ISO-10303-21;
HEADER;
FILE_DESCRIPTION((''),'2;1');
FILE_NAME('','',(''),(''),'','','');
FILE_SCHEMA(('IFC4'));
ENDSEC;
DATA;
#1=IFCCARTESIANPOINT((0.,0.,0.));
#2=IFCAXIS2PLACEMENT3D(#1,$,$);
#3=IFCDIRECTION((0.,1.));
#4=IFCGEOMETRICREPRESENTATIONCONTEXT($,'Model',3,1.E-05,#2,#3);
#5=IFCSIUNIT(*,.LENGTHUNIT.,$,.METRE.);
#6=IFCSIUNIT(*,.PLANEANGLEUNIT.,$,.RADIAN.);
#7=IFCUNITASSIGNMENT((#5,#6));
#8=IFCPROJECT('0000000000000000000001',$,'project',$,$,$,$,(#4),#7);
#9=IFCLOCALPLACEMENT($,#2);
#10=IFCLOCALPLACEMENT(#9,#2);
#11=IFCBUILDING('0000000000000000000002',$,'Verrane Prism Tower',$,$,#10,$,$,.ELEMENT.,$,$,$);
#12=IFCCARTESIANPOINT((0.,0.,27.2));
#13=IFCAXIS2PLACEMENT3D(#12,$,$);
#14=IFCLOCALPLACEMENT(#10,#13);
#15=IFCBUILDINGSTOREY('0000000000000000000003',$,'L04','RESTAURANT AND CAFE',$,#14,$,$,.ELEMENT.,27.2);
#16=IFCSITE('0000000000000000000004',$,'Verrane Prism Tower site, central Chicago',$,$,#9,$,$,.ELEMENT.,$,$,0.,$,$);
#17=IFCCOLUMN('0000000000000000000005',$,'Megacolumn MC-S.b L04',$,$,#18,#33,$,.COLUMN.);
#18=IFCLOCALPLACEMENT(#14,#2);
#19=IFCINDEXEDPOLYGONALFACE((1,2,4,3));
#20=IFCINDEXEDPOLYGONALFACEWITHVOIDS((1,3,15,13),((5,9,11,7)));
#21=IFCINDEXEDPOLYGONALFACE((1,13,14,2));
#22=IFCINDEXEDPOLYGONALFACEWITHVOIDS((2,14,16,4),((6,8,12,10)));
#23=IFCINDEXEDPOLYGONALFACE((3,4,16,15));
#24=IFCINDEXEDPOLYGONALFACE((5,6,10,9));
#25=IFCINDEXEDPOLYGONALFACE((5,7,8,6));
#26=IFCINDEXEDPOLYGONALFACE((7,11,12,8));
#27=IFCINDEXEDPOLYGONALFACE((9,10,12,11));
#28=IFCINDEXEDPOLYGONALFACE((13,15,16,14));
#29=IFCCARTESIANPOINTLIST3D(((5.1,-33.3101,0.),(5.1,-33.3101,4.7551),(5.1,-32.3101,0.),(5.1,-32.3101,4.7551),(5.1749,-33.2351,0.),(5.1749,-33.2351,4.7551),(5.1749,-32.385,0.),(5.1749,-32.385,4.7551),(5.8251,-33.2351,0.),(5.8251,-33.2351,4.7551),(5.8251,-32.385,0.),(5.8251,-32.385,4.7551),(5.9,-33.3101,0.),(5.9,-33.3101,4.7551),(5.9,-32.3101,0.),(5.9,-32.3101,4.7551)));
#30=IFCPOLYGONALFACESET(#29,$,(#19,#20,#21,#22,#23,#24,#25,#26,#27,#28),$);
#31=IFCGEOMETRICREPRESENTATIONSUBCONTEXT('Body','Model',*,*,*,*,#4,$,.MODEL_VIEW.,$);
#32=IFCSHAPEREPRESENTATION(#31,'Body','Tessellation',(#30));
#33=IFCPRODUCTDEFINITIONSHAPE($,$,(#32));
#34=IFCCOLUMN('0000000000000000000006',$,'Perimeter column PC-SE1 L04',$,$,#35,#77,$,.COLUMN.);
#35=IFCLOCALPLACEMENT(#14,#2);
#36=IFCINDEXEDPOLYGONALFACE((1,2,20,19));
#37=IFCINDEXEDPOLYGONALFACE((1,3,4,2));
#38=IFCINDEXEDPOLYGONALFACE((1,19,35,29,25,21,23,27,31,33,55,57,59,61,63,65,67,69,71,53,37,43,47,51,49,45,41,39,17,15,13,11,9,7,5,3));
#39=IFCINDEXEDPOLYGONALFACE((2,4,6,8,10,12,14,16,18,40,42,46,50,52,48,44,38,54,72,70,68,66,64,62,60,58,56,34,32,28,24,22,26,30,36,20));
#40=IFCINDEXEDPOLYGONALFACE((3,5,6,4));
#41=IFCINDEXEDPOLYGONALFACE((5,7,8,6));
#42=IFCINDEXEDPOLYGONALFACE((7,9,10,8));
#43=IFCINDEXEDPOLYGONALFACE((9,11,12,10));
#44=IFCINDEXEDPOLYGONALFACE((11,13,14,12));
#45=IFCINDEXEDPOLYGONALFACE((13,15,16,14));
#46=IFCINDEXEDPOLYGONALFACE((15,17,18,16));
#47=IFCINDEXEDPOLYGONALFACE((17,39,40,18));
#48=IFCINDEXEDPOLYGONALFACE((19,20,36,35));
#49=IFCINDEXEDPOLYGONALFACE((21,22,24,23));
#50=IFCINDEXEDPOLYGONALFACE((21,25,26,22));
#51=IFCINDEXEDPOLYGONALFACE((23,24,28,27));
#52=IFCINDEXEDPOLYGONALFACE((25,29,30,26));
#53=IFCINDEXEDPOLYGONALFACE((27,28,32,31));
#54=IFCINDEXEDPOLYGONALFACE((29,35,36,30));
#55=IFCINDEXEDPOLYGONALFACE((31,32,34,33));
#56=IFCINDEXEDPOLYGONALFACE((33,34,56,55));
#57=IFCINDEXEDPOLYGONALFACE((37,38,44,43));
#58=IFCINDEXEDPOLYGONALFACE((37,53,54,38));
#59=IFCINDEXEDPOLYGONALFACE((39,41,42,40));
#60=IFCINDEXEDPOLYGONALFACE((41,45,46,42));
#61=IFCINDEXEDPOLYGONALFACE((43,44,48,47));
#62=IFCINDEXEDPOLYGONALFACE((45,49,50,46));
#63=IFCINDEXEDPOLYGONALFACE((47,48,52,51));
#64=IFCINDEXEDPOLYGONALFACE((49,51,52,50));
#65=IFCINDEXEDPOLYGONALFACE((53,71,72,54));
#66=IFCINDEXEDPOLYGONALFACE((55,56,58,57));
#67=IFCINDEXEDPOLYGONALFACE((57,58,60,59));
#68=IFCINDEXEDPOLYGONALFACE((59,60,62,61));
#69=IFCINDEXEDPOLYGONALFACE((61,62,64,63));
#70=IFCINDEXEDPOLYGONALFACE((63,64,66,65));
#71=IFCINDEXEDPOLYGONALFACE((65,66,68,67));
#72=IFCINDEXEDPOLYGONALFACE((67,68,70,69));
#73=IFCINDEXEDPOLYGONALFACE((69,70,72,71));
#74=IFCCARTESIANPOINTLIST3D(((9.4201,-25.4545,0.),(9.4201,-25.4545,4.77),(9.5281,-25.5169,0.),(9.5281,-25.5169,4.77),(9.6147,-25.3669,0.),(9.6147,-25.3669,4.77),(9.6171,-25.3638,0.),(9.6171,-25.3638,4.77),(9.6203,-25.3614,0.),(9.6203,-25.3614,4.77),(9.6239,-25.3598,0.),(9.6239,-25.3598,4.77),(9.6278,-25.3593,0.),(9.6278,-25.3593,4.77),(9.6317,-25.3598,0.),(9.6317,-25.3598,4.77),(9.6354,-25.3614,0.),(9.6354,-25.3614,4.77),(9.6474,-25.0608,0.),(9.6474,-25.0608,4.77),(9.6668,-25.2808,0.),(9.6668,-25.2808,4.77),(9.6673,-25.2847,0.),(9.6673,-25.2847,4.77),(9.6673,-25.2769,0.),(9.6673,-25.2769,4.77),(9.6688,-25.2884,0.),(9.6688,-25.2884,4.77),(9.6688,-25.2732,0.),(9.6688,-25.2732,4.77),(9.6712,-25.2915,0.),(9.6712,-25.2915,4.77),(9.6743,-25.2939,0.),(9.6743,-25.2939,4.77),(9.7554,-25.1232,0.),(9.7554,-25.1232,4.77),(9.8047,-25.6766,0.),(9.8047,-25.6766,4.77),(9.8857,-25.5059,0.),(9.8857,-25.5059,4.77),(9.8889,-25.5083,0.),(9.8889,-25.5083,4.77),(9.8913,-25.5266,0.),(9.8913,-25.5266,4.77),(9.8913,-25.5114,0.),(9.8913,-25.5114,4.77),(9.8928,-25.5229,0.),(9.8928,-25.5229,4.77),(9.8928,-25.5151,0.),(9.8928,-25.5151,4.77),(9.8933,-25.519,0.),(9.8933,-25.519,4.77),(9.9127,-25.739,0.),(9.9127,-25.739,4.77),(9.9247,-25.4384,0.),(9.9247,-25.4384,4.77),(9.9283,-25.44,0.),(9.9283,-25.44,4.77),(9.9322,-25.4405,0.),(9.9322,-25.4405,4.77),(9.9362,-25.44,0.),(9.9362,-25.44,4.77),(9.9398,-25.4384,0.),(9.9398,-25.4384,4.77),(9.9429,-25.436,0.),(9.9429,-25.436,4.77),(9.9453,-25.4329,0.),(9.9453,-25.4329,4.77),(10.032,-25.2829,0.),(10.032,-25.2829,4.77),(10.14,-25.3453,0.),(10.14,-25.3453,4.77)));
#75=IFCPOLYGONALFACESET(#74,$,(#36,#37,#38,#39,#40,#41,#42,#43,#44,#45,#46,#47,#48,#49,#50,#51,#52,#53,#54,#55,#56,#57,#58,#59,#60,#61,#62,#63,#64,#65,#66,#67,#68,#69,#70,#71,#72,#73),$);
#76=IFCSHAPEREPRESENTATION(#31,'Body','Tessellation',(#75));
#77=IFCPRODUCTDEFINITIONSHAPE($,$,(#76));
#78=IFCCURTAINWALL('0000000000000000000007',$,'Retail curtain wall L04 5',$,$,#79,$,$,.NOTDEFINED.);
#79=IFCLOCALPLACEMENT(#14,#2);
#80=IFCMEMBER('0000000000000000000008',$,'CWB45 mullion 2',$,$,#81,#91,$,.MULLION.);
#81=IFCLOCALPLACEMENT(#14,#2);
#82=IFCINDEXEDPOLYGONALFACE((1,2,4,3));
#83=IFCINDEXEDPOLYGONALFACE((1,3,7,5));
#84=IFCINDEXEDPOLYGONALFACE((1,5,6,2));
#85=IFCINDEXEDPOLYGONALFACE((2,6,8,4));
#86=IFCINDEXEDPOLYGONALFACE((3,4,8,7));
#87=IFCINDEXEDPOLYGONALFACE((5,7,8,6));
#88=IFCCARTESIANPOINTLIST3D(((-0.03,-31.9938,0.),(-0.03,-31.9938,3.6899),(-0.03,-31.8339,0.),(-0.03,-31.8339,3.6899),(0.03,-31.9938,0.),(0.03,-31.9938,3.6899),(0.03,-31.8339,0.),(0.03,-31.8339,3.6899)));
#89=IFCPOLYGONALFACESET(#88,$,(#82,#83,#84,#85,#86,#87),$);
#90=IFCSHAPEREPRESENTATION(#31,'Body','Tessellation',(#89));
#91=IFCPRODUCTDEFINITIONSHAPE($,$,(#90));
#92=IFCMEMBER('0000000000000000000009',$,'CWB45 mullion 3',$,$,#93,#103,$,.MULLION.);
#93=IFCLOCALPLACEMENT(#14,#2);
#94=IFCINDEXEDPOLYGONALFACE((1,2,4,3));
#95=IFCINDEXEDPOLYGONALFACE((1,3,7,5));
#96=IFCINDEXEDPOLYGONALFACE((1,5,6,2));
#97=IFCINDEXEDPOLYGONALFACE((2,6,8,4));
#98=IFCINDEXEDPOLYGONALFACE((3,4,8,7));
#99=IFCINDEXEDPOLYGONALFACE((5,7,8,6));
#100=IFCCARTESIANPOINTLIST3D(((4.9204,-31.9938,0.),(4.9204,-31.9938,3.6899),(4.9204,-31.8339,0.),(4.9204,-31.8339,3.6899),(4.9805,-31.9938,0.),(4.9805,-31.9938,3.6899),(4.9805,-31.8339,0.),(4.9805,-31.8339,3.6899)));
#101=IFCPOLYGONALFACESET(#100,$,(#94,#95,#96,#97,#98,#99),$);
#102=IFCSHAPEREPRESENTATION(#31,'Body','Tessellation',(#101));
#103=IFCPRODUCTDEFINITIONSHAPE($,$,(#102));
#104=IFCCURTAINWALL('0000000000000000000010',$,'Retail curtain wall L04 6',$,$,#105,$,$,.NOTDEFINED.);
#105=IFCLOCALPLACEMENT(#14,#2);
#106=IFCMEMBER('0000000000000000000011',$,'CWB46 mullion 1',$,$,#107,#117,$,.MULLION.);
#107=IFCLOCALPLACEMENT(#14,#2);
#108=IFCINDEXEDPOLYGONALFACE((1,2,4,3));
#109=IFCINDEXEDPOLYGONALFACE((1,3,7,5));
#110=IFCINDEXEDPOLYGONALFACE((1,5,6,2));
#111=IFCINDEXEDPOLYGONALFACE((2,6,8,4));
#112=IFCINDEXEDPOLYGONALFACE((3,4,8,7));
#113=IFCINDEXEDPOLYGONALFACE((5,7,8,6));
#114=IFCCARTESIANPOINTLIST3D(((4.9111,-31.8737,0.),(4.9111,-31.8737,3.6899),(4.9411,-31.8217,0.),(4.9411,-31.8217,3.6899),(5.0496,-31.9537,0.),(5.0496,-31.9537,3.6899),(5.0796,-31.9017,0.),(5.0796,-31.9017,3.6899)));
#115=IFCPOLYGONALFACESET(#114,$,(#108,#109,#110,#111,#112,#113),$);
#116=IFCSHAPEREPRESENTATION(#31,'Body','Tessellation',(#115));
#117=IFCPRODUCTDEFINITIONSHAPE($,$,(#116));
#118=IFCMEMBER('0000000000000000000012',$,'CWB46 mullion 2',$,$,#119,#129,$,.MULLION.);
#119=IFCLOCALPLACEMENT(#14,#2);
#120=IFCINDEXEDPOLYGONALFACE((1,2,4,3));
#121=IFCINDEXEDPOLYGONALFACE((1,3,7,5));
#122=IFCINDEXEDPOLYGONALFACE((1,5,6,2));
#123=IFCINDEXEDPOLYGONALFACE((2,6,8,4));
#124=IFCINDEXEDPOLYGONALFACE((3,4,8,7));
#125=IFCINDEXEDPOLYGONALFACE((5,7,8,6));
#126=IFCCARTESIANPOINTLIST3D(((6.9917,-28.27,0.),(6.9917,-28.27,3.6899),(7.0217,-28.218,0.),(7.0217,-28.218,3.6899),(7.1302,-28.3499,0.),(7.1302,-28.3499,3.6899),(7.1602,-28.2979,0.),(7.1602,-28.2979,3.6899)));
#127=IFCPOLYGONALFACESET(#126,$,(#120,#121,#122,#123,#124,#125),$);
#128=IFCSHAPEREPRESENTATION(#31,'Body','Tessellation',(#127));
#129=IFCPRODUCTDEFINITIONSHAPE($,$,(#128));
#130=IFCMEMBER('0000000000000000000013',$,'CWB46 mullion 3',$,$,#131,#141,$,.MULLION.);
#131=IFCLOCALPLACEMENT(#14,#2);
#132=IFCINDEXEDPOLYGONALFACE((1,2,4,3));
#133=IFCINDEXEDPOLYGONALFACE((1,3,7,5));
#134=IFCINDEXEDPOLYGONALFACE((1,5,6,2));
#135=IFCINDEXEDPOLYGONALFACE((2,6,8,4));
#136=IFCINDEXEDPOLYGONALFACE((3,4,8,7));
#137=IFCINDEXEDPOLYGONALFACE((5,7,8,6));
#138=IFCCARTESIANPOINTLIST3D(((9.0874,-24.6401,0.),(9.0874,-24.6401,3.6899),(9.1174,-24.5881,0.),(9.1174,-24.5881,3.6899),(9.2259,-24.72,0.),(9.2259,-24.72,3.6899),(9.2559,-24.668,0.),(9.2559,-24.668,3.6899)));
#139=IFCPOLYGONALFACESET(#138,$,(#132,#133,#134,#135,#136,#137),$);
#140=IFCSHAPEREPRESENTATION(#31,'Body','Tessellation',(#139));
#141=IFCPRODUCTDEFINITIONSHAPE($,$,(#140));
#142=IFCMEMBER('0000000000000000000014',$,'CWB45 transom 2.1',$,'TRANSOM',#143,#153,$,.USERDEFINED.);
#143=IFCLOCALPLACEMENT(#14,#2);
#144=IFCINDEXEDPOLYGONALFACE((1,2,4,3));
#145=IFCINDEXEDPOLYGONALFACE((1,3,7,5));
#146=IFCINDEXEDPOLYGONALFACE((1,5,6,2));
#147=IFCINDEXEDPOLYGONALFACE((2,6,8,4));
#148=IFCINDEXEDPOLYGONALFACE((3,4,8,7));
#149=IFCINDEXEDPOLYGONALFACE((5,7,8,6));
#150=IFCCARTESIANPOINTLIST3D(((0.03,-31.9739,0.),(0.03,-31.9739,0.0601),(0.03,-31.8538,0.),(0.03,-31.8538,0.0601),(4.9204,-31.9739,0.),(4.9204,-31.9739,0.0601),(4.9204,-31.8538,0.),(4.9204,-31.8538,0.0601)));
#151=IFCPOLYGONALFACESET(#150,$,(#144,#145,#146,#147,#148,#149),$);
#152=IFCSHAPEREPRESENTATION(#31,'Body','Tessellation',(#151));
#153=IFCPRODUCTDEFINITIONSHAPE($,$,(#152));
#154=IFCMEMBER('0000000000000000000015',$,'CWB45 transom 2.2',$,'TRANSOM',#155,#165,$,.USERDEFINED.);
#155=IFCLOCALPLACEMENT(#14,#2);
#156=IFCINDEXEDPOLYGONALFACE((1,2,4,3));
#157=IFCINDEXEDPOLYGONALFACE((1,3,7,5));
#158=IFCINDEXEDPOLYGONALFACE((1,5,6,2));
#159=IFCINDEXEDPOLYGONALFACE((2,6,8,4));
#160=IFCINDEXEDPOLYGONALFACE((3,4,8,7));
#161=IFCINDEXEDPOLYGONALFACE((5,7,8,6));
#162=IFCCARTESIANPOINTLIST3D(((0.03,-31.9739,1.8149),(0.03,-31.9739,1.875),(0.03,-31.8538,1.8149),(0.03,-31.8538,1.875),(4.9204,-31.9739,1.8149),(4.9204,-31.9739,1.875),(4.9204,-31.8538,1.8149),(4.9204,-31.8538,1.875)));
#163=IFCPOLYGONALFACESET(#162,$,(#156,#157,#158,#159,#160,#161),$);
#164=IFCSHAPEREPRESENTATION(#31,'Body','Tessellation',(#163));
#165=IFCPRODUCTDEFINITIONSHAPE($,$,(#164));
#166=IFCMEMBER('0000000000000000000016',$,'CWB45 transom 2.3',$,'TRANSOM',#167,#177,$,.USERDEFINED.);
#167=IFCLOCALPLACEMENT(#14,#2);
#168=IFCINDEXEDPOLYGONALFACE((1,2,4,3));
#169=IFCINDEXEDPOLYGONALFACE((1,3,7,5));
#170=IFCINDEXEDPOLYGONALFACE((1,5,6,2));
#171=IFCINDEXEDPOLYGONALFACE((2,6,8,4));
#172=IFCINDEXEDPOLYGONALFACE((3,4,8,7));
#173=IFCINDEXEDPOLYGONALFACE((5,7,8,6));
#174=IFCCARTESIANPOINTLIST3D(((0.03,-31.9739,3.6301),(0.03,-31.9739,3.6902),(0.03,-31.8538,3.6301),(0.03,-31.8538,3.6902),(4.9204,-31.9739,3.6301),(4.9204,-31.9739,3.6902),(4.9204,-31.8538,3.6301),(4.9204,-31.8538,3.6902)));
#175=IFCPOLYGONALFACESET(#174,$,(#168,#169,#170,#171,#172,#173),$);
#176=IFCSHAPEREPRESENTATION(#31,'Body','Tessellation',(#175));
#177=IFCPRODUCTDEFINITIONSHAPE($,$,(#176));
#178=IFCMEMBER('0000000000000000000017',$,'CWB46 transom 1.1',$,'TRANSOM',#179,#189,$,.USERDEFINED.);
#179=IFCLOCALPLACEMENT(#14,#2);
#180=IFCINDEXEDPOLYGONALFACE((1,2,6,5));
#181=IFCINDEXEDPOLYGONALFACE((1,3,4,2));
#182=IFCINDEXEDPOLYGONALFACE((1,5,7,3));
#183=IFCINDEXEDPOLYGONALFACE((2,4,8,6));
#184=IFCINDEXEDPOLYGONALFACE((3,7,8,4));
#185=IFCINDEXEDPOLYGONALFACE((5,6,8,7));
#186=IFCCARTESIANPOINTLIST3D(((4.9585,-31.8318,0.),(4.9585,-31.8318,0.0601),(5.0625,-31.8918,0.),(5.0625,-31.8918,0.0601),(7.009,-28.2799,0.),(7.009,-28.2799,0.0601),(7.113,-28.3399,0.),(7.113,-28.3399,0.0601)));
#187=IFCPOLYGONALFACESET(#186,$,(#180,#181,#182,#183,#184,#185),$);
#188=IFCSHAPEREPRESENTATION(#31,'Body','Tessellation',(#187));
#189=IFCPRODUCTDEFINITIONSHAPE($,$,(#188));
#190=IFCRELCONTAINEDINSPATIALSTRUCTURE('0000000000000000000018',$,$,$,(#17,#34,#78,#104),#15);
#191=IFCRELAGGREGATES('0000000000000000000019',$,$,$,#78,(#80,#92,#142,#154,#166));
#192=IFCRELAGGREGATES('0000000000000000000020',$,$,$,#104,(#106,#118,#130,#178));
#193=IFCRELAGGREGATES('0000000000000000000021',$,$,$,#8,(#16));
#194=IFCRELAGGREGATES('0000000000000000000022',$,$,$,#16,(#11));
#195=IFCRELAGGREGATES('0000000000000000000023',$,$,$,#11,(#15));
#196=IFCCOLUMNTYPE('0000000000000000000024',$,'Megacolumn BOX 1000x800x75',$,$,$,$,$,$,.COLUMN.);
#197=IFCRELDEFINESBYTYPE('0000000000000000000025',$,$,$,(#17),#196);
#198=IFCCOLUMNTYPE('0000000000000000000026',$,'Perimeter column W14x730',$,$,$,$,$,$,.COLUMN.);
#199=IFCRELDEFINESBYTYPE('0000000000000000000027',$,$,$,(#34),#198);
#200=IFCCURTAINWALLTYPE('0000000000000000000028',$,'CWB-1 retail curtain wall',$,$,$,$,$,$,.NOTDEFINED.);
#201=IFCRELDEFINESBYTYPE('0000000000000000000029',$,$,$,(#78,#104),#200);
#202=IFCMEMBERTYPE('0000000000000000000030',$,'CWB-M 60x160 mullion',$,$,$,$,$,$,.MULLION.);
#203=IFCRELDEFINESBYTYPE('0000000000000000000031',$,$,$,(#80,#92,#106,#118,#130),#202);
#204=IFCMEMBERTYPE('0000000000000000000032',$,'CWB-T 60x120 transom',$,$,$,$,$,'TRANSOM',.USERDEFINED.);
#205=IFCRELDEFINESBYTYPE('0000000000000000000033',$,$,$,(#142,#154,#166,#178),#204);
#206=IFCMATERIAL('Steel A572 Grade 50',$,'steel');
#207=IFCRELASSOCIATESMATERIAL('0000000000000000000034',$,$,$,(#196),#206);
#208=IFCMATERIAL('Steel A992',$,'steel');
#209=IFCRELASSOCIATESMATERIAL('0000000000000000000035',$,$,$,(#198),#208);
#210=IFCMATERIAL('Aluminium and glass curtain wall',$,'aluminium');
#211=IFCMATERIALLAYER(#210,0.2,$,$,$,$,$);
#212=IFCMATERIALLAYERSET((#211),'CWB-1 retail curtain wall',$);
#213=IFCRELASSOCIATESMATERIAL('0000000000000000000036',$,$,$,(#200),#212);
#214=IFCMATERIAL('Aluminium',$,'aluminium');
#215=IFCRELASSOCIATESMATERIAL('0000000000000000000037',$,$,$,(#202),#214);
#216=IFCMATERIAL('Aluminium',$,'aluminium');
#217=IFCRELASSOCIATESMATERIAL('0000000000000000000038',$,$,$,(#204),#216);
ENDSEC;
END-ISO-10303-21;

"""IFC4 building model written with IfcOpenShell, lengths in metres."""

from ifc_helpers import new_model, si_unit, direction, frame, origin, origin_2d, place, context, subcontext, project, spatial, rectangle, hollow_rectangle, i_section, extrude, material, layer, layer_set, material_profile, profile_set, type_object, element, aggregate, save


model = new_model("IFC4")

# Units and contexts
model_context = context("Model", 3, precision=1e-05, world=origin(), true_north=direction((0.0, 1.0)))
body_context = subcontext(model_context, "Body", "Model", "MODEL_VIEW")
ifc_project = project(units=[si_unit("LENGTHUNIT", "METRE"), si_unit("PLANEANGLEUNIT", "RADIAN")], contexts=[model_context])

# Site, building, storey
site_placement = place(None, origin())
site = spatial("IfcSite", under=ifc_project, at=site_placement, Name="Verrane Prism Tower site, central Chicago", CompositionType="ELEMENT", RefElevation=0.0)
building_placement = place(site_placement, origin())
building = spatial("IfcBuilding", under=site, at=building_placement, Name="Verrane Prism Tower", CompositionType="ELEMENT")
storey_placement = place(building_placement, frame((0.0, 0.0, 27.2)))
storey = spatial("IfcBuildingStorey", under=building, at=storey_placement, Name="L04", Description="RESTAURANT AND CAFE", CompositionType="ELEMENT", Elevation=27.2)

# Columns
ifc_material_1 = material(Name="Steel A572 Grade 50", Category="steel")
ifc_material_profile_1 = material_profile(ifc_material_1, hollow_rectangle(XDim=0.8, YDim=1.0, WallThickness=0.075, at=origin_2d()), Name="BOX 1000x800x75")
ifc_profile_set_1 = profile_set([ifc_material_profile_1], Name="Steel A572 Grade 50")
column_type_1 = type_object("IfcColumnType", Name="Megacolumn BOX 1000x800x75", PredefinedType="COLUMN", material=ifc_profile_set_1)
column_1_placement = place(storey_placement, frame((5.5, -32.8101, 0.0), z_axis=(0.0, 0.0, 1.0), x_axis=(-1.0, 0.0, 0.0)))
element("IfcColumn", 1, at=column_1_placement, inside=storey, type_object=column_type_1, Name="Megacolumn MC-S.b L04", PredefinedType="COLUMN", context=body_context, shape_type="SweptSolid", body=[
    extrude(hollow_rectangle(XDim=0.8, YDim=1.0, WallThickness=0.075, at=origin_2d()), origin(), (0.0, 0.0, 1.0), 4.7551),
])
ifc_material_2 = material(Name="Steel A992", Category="steel")
ifc_material_profile_2 = material_profile(ifc_material_2, i_section(OverallWidth=0.4546, OverallDepth=0.5688, WebThickness=0.0779, FlangeThickness=0.1248, FilletRadius=0.0151, at=origin_2d()), Name="W14x730")
ifc_profile_set_2 = profile_set([ifc_material_profile_2], Name="Steel A992")
column_type_2 = type_object("IfcColumnType", Name="Perimeter column W14x730", PredefinedType="COLUMN", material=ifc_profile_set_2)
column_2_placement = place(storey_placement, frame((9.78, -25.3999, 0.0), z_axis=(0.0, 0.0, 1.0), x_axis=(-0.5, -0.866025, 0.0)))
element("IfcColumn", 2, at=column_2_placement, inside=storey, type_object=column_type_2, Name="Perimeter column PC-SE1 L04", PredefinedType="COLUMN", context=body_context, shape_type="SweptSolid", body=[
    extrude(i_section(OverallWidth=0.4546, OverallDepth=0.5688, WebThickness=0.0779, FlangeThickness=0.1248, FilletRadius=0.0151, at=origin_2d()), origin(), (0.0, 0.0, 1.0), 4.77),
])

# Curtain walls, members
ifc_material_3 = material(Name="Aluminium and glass curtain wall", Category="aluminium")
ifc_layer_1 = layer(ifc_material_3, 0.2)
ifc_layer_set_1 = layer_set([ifc_layer_1], Name="CWB-1 retail curtain wall")
curtain_wall_type = type_object("IfcCurtainWallType", Name="CWB-1 retail curtain wall", PredefinedType="NOTDEFINED", material=ifc_layer_set_1)
curtain_wall_1_placement = place(storey_placement, origin())
curtain_wall_1 = element("IfcCurtainWall", 3, at=curtain_wall_1_placement, inside=storey, type_object=curtain_wall_type, Name="Retail curtain wall L04 5", PredefinedType="NOTDEFINED")
ifc_material_4 = material(Name="Aluminium", Category="aluminium")
ifc_material_profile_3 = material_profile(ifc_material_4, rectangle(XDim=0.1599, YDim=0.0601, at=origin_2d()), Name="CWB-M 60x160 mullion")
ifc_profile_set_3 = profile_set([ifc_material_profile_3], Name="Aluminium")
member_type_1 = type_object("IfcMemberType", Name="CWB-M 60x160 mullion", PredefinedType="MULLION", material=ifc_profile_set_3)
member_1_placement = place(storey_placement, frame((0.0, -31.9138, 0.0), z_axis=(0.0, 0.0, 1.0), x_axis=(0.0, 1.0, 0.0)))
member_1 = element("IfcMember", 4, at=member_1_placement, type_object=member_type_1, Name="CWB45 mullion 2", PredefinedType="MULLION", context=body_context, shape_type="SweptSolid", body=[
    extrude(rectangle(XDim=0.1599, YDim=0.0601, at=origin_2d()), origin(), (0.0, 0.0, 1.0), 3.6899),
])
member_2_placement = place(storey_placement, frame((4.9504, -31.9138, 0.0), z_axis=(0.0, 0.0, 1.0), x_axis=(0.0, 1.0, 0.0)))
member_2 = element("IfcMember", 5, at=member_2_placement, type_object=member_type_1, Name="CWB45 mullion 3", PredefinedType="MULLION", context=body_context, shape_type="SweptSolid", body=[
    extrude(rectangle(XDim=0.1599, YDim=0.0601, at=origin_2d()), origin(), (0.0, 0.0, 1.0), 3.6899),
])
curtain_wall_2_placement = place(storey_placement, origin())
curtain_wall_2 = element("IfcCurtainWall", 6, at=curtain_wall_2_placement, inside=storey, type_object=curtain_wall_type, Name="Retail curtain wall L04 6", PredefinedType="NOTDEFINED")
member_3_placement = place(storey_placement, frame((4.9954, -31.8877, 0.0), z_axis=(0.0, 0.0, 1.0), x_axis=(-0.866025, 0.5, 0.0)))
member_3 = element("IfcMember", 7, at=member_3_placement, type_object=member_type_1, Name="CWB46 mullion 1", PredefinedType="MULLION", context=body_context, shape_type="SweptSolid", body=[
    extrude(rectangle(XDim=0.1599, YDim=0.0601, at=origin_2d()), origin(), (0.0, 0.0, 1.0), 3.6899),
])
member_4_placement = place(storey_placement, frame((7.0759, -28.2839, 0.0), z_axis=(0.0, 0.0, 1.0), x_axis=(-0.866025, 0.5, 0.0)))
member_4 = element("IfcMember", 8, at=member_4_placement, type_object=member_type_1, Name="CWB46 mullion 2", PredefinedType="MULLION", context=body_context, shape_type="SweptSolid", body=[
    extrude(rectangle(XDim=0.1599, YDim=0.0601, at=origin_2d()), origin(), (0.0, 0.0, 1.0), 3.6899),
])
member_5_placement = place(storey_placement, frame((9.1716, -24.6541, 0.0), z_axis=(0.0, 0.0, 1.0), x_axis=(-0.866025, 0.5, 0.0)))
member_5 = element("IfcMember", 9, at=member_5_placement, type_object=member_type_1, Name="CWB46 mullion 3", PredefinedType="MULLION", context=body_context, shape_type="SweptSolid", body=[
    extrude(rectangle(XDim=0.1599, YDim=0.0601, at=origin_2d()), origin(), (0.0, 0.0, 1.0), 3.6899),
])

# Members
ifc_material_5 = material(Name="Aluminium", Category="aluminium")
ifc_material_profile_4 = material_profile(ifc_material_5, rectangle(XDim=0.1201, YDim=0.0601, at=origin_2d()), Name="CWB-T 60x120 transom")
ifc_profile_set_4 = profile_set([ifc_material_profile_4], Name="Aluminium")
member_type_2 = type_object("IfcMemberType", Name="CWB-T 60x120 transom", ElementType="TRANSOM", PredefinedType="USERDEFINED", material=ifc_profile_set_4)
member_6_placement = place(storey_placement, frame((0.03, -31.9138, 0.03), z_axis=(1.0, 0.0, 0.0), x_axis=(0.0, 1.0, 0.0)))
member_6 = element("IfcMember", 10, at=member_6_placement, type_object=member_type_2, Name="CWB45 transom 2.1", ObjectType="TRANSOM", PredefinedType="USERDEFINED", context=body_context, shape_type="SweptSolid", body=[
    extrude(rectangle(XDim=0.1201, YDim=0.0601, at=origin_2d()), origin(), (0.0, 0.0, 1.0), 4.8904),
])
member_7_placement = place(storey_placement, frame((0.03, -31.9138, 1.845), z_axis=(1.0, 0.0, 0.0), x_axis=(0.0, 1.0, 0.0)))
member_7 = element("IfcMember", 11, at=member_7_placement, type_object=member_type_2, Name="CWB45 transom 2.2", ObjectType="TRANSOM", PredefinedType="USERDEFINED", context=body_context, shape_type="SweptSolid", body=[
    extrude(rectangle(XDim=0.1201, YDim=0.0601, at=origin_2d()), origin(), (0.0, 0.0, 1.0), 4.8904),
])
member_8_placement = place(storey_placement, frame((0.03, -31.9138, 3.6602), z_axis=(1.0, 0.0, 0.0), x_axis=(0.0, 1.0, 0.0)))
member_8 = element("IfcMember", 12, at=member_8_placement, type_object=member_type_2, Name="CWB45 transom 2.3", ObjectType="TRANSOM", PredefinedType="USERDEFINED", context=body_context, shape_type="SweptSolid", body=[
    extrude(rectangle(XDim=0.1201, YDim=0.0601, at=origin_2d()), origin(), (0.0, 0.0, 1.0), 4.8904),
])
member_9_placement = place(storey_placement, frame((5.0105, -31.8618, 0.03), z_axis=(0.499961, 0.866048, 0.0), x_axis=(-0.866048, 0.499961, 0.0)))
member_9 = element("IfcMember", 13, at=member_9_placement, type_object=member_type_2, Name="CWB46 transom 1.1", ObjectType="TRANSOM", PredefinedType="USERDEFINED", context=body_context, shape_type="SweptSolid", body=[
    extrude(rectangle(XDim=0.1201, YDim=0.0601, at=origin_2d()), origin(), (0.0, 0.0, 1.0), 4.1013),
])

aggregate(curtain_wall_1, [member_1, member_2, member_6, member_7, member_8])
aggregate(curtain_wall_2, [member_3, member_4, member_5, member_9])

save(model, "model.ifc")
